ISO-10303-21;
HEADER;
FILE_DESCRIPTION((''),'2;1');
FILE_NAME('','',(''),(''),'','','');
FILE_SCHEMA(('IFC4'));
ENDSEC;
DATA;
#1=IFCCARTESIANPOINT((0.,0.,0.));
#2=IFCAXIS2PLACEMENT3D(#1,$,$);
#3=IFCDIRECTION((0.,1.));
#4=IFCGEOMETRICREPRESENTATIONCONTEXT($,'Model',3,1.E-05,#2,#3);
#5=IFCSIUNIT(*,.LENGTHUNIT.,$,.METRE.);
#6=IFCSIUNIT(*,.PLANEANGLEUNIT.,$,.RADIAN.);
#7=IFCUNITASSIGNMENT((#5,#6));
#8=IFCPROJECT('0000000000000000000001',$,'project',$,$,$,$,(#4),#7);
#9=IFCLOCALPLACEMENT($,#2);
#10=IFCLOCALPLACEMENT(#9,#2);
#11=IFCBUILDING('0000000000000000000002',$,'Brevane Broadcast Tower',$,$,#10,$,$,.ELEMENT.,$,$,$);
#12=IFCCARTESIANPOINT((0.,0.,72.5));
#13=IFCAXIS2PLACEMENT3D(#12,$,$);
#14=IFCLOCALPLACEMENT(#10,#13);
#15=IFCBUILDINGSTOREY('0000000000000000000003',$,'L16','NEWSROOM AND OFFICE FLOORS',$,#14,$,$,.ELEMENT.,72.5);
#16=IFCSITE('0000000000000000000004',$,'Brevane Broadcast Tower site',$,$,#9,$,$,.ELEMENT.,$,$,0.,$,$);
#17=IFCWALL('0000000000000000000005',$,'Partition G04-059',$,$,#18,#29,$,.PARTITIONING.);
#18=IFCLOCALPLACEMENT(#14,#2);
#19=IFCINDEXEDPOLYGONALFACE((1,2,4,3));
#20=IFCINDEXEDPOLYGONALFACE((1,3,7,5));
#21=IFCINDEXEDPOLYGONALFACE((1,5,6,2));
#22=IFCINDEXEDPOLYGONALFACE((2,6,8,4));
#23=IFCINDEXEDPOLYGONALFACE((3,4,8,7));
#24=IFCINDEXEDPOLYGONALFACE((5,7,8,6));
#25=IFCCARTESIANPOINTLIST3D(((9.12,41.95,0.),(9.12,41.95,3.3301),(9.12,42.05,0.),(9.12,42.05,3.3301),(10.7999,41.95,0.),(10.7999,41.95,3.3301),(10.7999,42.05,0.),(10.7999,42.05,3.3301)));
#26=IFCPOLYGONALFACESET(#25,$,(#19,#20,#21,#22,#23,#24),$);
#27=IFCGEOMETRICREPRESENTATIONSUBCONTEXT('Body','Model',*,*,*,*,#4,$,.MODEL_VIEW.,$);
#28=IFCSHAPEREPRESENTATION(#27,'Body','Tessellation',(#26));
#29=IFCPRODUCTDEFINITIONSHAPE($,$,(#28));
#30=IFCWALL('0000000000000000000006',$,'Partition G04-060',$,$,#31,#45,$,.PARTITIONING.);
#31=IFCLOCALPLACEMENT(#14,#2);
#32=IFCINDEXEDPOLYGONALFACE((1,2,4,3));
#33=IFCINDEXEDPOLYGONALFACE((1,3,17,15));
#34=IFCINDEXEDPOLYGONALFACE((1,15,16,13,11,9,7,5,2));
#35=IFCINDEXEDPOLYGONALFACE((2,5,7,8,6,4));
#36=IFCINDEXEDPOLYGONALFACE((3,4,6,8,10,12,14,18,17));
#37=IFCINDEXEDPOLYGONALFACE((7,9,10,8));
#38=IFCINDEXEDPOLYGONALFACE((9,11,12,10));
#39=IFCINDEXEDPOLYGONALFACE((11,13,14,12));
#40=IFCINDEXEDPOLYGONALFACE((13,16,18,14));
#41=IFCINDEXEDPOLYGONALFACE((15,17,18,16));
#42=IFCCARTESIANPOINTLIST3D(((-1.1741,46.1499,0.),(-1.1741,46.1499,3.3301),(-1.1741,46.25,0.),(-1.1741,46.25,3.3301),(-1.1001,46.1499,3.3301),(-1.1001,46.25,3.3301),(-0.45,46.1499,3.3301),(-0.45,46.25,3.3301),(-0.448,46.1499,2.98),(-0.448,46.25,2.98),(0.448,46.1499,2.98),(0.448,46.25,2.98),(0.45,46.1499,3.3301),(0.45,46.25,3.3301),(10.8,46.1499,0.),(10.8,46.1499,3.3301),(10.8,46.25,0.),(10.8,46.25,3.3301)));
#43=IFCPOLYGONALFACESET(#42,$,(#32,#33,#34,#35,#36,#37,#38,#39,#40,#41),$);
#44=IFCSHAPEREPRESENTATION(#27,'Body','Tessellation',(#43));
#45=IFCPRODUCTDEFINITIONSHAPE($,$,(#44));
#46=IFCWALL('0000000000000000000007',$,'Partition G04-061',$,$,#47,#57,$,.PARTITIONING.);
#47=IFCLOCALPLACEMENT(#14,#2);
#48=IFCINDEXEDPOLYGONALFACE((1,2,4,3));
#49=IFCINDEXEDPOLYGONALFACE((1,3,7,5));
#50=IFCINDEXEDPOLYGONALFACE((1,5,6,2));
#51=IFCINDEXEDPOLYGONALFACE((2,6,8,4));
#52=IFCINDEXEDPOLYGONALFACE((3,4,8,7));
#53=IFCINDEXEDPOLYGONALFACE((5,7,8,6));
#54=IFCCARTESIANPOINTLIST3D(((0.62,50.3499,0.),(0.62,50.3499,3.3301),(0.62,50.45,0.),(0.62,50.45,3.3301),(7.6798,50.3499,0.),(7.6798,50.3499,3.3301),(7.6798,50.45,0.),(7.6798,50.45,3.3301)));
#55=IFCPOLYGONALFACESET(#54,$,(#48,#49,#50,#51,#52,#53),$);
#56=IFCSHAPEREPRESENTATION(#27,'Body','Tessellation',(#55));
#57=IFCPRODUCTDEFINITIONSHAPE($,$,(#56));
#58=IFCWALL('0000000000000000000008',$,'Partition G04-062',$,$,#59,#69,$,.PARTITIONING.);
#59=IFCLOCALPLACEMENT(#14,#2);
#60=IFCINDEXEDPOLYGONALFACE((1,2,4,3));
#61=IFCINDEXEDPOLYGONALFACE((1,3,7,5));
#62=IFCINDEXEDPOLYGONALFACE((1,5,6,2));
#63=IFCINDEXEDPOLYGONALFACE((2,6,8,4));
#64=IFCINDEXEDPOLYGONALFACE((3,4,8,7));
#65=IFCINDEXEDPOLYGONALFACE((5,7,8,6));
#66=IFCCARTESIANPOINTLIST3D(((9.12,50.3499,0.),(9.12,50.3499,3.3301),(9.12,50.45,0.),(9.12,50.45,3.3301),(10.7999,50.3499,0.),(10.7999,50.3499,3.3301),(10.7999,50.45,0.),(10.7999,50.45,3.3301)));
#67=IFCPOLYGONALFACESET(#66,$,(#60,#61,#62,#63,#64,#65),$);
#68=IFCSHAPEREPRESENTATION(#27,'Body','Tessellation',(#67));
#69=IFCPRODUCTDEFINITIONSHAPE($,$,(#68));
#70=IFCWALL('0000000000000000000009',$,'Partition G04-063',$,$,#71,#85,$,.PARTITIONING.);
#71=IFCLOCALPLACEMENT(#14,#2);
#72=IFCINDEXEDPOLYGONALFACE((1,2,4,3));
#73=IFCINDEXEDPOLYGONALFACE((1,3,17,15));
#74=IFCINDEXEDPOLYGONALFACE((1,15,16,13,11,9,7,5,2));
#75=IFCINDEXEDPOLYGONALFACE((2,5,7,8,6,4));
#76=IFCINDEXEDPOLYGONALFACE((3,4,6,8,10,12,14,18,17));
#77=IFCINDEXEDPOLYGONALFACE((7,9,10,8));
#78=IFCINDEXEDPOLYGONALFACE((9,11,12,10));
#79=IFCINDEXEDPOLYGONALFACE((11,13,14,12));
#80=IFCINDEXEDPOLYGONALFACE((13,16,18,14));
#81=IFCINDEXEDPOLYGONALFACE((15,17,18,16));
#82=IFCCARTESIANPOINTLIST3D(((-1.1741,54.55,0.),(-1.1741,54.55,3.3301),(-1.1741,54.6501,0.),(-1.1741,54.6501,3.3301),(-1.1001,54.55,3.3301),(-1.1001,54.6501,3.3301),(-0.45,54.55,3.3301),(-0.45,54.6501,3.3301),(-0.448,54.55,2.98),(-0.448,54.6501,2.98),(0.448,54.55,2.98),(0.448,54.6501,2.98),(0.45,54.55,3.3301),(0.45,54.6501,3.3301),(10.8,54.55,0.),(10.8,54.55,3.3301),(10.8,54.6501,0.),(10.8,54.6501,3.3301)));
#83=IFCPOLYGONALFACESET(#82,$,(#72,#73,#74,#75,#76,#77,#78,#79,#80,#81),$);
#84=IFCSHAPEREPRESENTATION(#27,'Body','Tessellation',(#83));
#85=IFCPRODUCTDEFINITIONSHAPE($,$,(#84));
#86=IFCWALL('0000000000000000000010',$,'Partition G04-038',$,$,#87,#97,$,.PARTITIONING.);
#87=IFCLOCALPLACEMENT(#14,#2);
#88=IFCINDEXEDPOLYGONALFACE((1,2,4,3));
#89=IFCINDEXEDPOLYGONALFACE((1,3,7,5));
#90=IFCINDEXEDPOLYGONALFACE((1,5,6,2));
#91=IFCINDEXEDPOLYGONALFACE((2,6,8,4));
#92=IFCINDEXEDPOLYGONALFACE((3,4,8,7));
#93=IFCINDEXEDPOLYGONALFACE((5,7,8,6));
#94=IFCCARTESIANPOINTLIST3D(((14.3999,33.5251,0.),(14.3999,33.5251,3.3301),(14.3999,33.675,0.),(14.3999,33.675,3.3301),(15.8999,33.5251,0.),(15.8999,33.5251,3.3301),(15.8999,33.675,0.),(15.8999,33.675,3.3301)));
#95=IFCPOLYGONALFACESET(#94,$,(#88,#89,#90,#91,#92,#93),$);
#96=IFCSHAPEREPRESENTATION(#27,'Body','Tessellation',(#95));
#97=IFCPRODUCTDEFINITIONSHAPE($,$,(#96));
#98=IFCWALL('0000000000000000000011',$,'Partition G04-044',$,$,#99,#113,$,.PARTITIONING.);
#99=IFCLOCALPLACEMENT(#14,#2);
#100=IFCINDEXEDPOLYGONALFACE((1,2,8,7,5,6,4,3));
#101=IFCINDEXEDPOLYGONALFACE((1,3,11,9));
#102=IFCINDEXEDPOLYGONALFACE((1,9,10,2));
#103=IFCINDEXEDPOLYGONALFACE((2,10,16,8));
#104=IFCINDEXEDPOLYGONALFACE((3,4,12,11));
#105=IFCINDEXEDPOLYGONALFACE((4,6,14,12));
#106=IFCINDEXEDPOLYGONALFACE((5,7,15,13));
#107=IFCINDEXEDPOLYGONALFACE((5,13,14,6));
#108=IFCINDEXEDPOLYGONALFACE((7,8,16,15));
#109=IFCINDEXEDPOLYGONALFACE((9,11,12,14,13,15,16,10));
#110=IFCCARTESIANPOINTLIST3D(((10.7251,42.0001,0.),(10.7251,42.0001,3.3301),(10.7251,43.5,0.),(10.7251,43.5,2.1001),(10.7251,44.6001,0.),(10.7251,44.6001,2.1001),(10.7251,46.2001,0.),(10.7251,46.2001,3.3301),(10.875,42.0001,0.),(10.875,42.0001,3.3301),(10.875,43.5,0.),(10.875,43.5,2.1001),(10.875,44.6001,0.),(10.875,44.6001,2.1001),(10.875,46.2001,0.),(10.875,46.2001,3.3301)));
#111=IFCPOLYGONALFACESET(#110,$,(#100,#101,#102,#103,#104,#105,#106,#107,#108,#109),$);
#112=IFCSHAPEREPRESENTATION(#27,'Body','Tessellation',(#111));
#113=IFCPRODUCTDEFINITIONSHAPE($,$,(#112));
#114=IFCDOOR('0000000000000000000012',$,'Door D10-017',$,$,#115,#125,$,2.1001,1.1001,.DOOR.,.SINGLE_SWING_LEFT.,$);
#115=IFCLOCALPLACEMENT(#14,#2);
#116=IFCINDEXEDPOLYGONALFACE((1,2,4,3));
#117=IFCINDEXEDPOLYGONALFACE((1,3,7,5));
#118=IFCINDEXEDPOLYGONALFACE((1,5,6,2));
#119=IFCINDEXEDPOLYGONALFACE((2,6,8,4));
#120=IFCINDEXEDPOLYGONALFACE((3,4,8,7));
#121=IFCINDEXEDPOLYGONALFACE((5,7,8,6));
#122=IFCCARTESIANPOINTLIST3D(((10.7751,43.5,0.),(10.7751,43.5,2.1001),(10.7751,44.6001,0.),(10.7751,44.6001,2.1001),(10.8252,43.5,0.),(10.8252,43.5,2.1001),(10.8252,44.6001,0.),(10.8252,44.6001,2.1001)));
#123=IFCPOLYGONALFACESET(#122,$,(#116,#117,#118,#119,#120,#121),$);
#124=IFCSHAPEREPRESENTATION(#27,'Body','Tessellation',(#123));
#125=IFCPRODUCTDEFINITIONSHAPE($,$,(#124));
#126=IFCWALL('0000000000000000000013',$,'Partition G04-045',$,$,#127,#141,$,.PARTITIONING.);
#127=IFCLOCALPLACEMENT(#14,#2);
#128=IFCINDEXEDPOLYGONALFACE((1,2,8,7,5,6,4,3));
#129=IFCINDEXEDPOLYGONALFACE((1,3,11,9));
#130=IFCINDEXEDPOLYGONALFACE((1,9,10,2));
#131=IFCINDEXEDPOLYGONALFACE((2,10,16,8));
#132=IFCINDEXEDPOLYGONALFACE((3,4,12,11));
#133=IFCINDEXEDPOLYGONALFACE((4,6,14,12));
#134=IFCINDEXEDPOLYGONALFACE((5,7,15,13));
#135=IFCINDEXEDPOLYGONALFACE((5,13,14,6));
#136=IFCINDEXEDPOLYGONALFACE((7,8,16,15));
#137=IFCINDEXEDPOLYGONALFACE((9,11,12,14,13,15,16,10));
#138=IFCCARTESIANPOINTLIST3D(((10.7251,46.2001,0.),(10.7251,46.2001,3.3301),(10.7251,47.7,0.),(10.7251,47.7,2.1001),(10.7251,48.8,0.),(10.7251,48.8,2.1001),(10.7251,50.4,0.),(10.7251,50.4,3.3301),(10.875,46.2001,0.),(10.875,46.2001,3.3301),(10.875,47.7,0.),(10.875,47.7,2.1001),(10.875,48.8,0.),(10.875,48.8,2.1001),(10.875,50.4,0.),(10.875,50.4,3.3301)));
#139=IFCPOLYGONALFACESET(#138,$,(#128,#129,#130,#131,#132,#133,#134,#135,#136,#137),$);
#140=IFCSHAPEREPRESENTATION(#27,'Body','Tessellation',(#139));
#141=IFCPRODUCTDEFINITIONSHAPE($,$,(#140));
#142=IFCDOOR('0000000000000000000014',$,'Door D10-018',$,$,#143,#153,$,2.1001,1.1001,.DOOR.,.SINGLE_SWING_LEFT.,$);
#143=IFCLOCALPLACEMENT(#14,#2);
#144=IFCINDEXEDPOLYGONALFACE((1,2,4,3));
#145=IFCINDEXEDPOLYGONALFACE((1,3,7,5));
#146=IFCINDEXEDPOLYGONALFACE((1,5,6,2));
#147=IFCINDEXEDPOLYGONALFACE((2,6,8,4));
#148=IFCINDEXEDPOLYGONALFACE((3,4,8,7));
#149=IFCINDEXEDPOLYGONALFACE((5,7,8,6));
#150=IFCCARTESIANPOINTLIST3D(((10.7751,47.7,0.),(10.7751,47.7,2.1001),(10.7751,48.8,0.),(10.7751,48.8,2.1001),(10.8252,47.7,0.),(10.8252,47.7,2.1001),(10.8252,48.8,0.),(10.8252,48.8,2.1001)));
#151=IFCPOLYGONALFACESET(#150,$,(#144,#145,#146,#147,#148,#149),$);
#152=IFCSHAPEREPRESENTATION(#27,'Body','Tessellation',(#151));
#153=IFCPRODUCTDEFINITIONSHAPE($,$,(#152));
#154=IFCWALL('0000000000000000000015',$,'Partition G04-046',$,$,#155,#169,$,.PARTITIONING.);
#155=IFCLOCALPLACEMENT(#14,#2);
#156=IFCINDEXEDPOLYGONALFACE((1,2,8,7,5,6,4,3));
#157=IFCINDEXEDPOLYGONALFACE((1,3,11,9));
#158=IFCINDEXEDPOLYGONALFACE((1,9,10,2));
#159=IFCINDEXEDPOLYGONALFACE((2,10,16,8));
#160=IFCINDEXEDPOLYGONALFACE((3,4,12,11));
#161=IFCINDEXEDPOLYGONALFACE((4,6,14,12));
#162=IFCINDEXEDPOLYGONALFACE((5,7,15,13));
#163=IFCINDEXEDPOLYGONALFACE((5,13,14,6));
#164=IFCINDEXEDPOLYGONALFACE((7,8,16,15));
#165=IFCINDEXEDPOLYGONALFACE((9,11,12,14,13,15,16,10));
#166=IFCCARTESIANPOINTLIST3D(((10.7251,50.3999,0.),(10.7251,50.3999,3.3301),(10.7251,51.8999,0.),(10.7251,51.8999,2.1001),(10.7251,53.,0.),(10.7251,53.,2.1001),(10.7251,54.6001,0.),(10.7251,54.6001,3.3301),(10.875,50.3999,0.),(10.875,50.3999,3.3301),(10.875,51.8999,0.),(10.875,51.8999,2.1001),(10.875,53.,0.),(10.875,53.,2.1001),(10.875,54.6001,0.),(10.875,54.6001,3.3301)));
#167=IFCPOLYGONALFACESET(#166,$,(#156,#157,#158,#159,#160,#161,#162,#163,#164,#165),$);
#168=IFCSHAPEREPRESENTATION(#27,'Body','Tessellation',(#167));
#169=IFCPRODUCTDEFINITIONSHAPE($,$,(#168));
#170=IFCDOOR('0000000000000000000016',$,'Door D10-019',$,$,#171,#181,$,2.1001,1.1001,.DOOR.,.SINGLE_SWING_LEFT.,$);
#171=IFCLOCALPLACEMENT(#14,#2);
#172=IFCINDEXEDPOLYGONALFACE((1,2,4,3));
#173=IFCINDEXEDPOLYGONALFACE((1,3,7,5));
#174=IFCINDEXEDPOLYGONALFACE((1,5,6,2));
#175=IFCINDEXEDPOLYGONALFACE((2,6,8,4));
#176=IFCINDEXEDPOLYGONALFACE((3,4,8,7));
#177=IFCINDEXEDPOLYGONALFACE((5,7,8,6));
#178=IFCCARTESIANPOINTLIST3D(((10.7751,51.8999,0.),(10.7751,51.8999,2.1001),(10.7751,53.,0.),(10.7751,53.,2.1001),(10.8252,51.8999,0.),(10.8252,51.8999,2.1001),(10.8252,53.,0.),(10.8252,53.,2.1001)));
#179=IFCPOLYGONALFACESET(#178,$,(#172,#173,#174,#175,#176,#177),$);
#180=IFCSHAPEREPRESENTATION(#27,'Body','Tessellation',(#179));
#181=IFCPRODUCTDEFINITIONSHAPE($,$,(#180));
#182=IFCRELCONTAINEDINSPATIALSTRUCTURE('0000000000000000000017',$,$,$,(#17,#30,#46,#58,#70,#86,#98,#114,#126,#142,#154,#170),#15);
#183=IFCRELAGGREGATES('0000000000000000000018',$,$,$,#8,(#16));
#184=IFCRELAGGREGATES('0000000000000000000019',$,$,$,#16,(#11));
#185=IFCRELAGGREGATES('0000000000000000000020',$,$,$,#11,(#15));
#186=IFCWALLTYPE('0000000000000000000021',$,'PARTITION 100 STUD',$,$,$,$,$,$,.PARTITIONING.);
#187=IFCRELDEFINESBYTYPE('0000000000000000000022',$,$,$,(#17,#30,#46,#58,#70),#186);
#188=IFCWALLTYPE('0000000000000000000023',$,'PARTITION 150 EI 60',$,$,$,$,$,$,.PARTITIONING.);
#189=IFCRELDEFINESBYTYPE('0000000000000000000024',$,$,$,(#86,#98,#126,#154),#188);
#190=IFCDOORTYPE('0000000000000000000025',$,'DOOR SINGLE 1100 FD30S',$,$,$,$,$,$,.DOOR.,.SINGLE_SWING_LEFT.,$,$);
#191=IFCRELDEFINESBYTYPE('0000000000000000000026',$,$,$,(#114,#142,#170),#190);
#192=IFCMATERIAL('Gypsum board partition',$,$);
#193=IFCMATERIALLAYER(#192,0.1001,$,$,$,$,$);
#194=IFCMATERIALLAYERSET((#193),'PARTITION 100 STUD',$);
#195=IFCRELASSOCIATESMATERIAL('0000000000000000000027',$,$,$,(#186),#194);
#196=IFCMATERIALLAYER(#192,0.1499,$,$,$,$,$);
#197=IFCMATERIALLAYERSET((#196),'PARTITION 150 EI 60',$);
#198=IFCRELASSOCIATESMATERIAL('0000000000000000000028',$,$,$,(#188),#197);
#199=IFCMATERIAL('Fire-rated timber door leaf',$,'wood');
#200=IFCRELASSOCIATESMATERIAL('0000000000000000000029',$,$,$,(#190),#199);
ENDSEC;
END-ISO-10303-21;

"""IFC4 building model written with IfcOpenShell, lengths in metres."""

from ifc_helpers import new_model, si_unit, direction, frame, frame_2d, origin, place, context, subcontext, project, spatial, polyline, rectangle, outline, extrude, material, layer, layer_set, type_object, element, fill, save


model = new_model("IFC4")

# Units and contexts
model_context = context("Model", 3, precision=1e-05, world=origin(), true_north=direction((0.0, 1.0)))
body_context = subcontext(model_context, "Body", "Model", "MODEL_VIEW")
ifc_project = project(units=[si_unit("LENGTHUNIT", "METRE"), si_unit("PLANEANGLEUNIT", "RADIAN")], contexts=[model_context])

# Site, building, storey
site_placement = place(None, origin())
site = spatial("IfcSite", under=ifc_project, at=site_placement, Name="Brevane Broadcast Tower site", CompositionType="ELEMENT", RefElevation=0.0)
building_placement = place(site_placement, origin())
building = spatial("IfcBuilding", under=site, at=building_placement, Name="Brevane Broadcast Tower", CompositionType="ELEMENT")
storey_placement = place(building_placement, frame((0.0, 0.0, 72.5)))
storey = spatial("IfcBuildingStorey", under=building, at=storey_placement, Name="L16", Description="NEWSROOM AND OFFICE FLOORS", CompositionType="ELEMENT", Elevation=72.5)

# Walls
ifc_material_1 = material(Name="Gypsum board partition")
ifc_layer_1 = layer(ifc_material_1, 0.1001)
ifc_layer_set_1 = layer_set([ifc_layer_1], Name="PARTITION 100 STUD")
wall_type_1 = type_object("IfcWallType", Name="PARTITION 100 STUD", PredefinedType="PARTITIONING", material=ifc_layer_set_1)
wall_1_placement = place(storey_placement, frame((9.1201, 42.0, 0.0), z_axis=(0.0, 0.0, 1.0), x_axis=(1.0, 0.0, 0.0)))
element("IfcWall", 1, at=wall_1_placement, inside=storey, type_object=wall_type_1, Name="Partition G04-059", PredefinedType="PARTITIONING", context=body_context, shape_type="SweptSolid", body=[
    extrude(rectangle(XDim=1.6799, YDim=0.1001, at=frame_2d((0.8398, 0.0))), origin(), (0.0, 0.0, 1.0), 3.3301),
])
wall_2_placement = place(storey_placement, frame((-1.1741, 46.2, 0.0), z_axis=(0.0, 0.0, 1.0), x_axis=(1.0, 0.0, 0.0)))
element("IfcWall", 2, at=wall_2_placement, inside=storey, type_object=wall_type_1, Name="Partition G04-060", PredefinedType="PARTITIONING", context=body_context, shape_type="SweptSolid", body=[
    extrude(outline(polyline([(0.0, 0.0), (11.9741, 0.0), (11.9741, 3.3301), (1.624, 3.3301), (1.6221, 2.98), (0.7261, 2.98), (0.7241, 3.3301), (0.074, 3.3301), (0.0, 3.3301), (0.0, 0.0)])), frame((0.0, 0.05, 0.0), z_axis=(0.0, -1.0, 0.0), x_axis=(1.0, 0.0, 0.0)), (0.0, 0.0, 1.0), 0.1001),
])
wall_3_placement = place(storey_placement, frame((0.6201, 50.3999, 0.0), z_axis=(0.0, 0.0, 1.0), x_axis=(1.0, 0.0, 0.0)))
element("IfcWall", 3, at=wall_3_placement, inside=storey, type_object=wall_type_1, Name="Partition G04-061", PredefinedType="PARTITIONING", context=body_context, shape_type="SweptSolid", body=[
    extrude(rectangle(XDim=7.0598, YDim=0.1001, at=frame_2d((3.5298, 0.0))), origin(), (0.0, 0.0, 1.0), 3.3301),
])
wall_4_placement = place(storey_placement, frame((9.1201, 50.3999, 0.0), z_axis=(0.0, 0.0, 1.0), x_axis=(1.0, 0.0, 0.0)))
element("IfcWall", 4, at=wall_4_placement, inside=storey, type_object=wall_type_1, Name="Partition G04-062", PredefinedType="PARTITIONING", context=body_context, shape_type="SweptSolid", body=[
    extrude(rectangle(XDim=1.6799, YDim=0.1001, at=frame_2d((0.8398, 0.0))), origin(), (0.0, 0.0, 1.0), 3.3301),
])
wall_5_placement = place(storey_placement, frame((-1.1741, 54.6001, 0.0), z_axis=(0.0, 0.0, 1.0), x_axis=(1.0, 0.0, 0.0)))
element("IfcWall", 5, at=wall_5_placement, inside=storey, type_object=wall_type_1, Name="Partition G04-063", PredefinedType="PARTITIONING", context=body_context, shape_type="SweptSolid", body=[
    extrude(outline(polyline([(0.0, 0.0), (11.9741, 0.0), (11.9741, 3.3301), (1.624, 3.3301), (1.6221, 2.98), (0.7261, 2.98), (0.7241, 3.3301), (0.074, 3.3301), (0.0, 3.3301), (0.0, 0.0)])), frame((0.0, 0.05, 0.0), z_axis=(0.0, -1.0, 0.0), x_axis=(1.0, 0.0, 0.0)), (0.0, 0.0, 1.0), 0.1001),
])
ifc_layer_2 = layer(ifc_material_1, 0.1499)
ifc_layer_set_2 = layer_set([ifc_layer_2], Name="PARTITION 150 EI 60")
wall_type_2 = type_object("IfcWallType", Name="PARTITION 150 EI 60", PredefinedType="PARTITIONING", material=ifc_layer_set_2)
wall_6_placement = place(storey_placement, frame((14.3999, 33.6001, 0.0), z_axis=(0.0, 0.0, 1.0), x_axis=(1.0, 0.0, 0.0)))
element("IfcWall", 6, at=wall_6_placement, inside=storey, type_object=wall_type_2, Name="Partition G04-038", PredefinedType="PARTITIONING", context=body_context, shape_type="SweptSolid", body=[
    extrude(rectangle(XDim=1.5, YDim=0.1499, at=frame_2d((0.75, 0.0))), origin(), (0.0, 0.0, 1.0), 3.3301),
])

# Walls, openings, doors
wall_7_placement = place(storey_placement, frame((10.8, 42.0, 0.0), z_axis=(0.0, 0.0, 1.0), x_axis=(0.0, 1.0, 0.0)))
wall_7 = element("IfcWall", 7, at=wall_7_placement, inside=storey, type_object=wall_type_2, Name="Partition G04-044", PredefinedType="PARTITIONING", context=body_context, shape_type="SweptSolid", body=[
    extrude(rectangle(XDim=4.2, YDim=0.1499, at=frame_2d((2.1001, 0.0))), origin(), (0.0, 0.0, 1.0), 3.3301),
])
opening_1_placement = place(wall_7_placement, frame((1.5, 0.0, 0.0)))
opening_1 = element("IfcOpeningElement", 8, at=opening_1_placement, cuts=wall_7, PredefinedType="OPENING", context=body_context, shape_type="SweptSolid", body=[
    extrude(rectangle(XDim=1.1001, YDim=2.1001, at=frame_2d((0.55, 1.05))), frame((0.0, 0.085, 0.0), z_axis=(0.0, -1.0, 0.0), x_axis=(1.0, 0.0, 0.0)), (0.0, 0.0, 1.0), 0.1699),
])
ifc_material_2 = material(Name="Fire-rated timber door leaf", Category="wood")
door_type_1 = type_object("IfcDoorType", Name="DOOR SINGLE 1100 FD30S", OperationType="SINGLE_SWING_LEFT", PredefinedType="DOOR", material=ifc_material_2)
door_1_placement = place(opening_1_placement, origin())
door_1 = element("IfcDoor", 9, at=door_1_placement, inside=storey, type_object=door_type_1, Name="Door D10-017", OperationType="SINGLE_SWING_LEFT", OverallHeight=2.1001, OverallWidth=1.1001, PredefinedType="DOOR", context=body_context, shape_type="SweptSolid", body=[
    extrude(rectangle(XDim=1.1001, YDim=2.1001, at=frame_2d((0.55, 1.05))), frame((0.0, 0.0249, 0.0), z_axis=(0.0, -1.0, 0.0), x_axis=(1.0, 0.0, 0.0)), (0.0, 0.0, 1.0), 0.05),
])
fill(opening_1, door_1)
wall_8_placement = place(storey_placement, frame((10.8, 46.2, 0.0), z_axis=(0.0, 0.0, 1.0), x_axis=(0.0, 1.0, 0.0)))
wall_8 = element("IfcWall", 10, at=wall_8_placement, inside=storey, type_object=wall_type_2, Name="Partition G04-045", PredefinedType="PARTITIONING", context=body_context, shape_type="SweptSolid", body=[
    extrude(rectangle(XDim=4.2, YDim=0.1499, at=frame_2d((2.1001, 0.0))), origin(), (0.0, 0.0, 1.0), 3.3301),
])
opening_2_placement = place(wall_8_placement, frame((1.5, 0.0, 0.0)))
opening_2 = element("IfcOpeningElement", 11, at=opening_2_placement, cuts=wall_8, PredefinedType="OPENING", context=body_context, shape_type="SweptSolid", body=[
    extrude(rectangle(XDim=1.1001, YDim=2.1001, at=frame_2d((0.55, 1.05))), frame((0.0, 0.085, 0.0), z_axis=(0.0, -1.0, 0.0), x_axis=(1.0, 0.0, 0.0)), (0.0, 0.0, 1.0), 0.1699),
])
door_2_placement = place(opening_2_placement, origin())
door_2 = element("IfcDoor", 12, at=door_2_placement, inside=storey, type_object=door_type_1, Name="Door D10-018", OperationType="SINGLE_SWING_LEFT", OverallHeight=2.1001, OverallWidth=1.1001, PredefinedType="DOOR", context=body_context, shape_type="SweptSolid", body=[
    extrude(rectangle(XDim=1.1001, YDim=2.1001, at=frame_2d((0.55, 1.05))), frame((0.0, 0.0249, 0.0), z_axis=(0.0, -1.0, 0.0), x_axis=(1.0, 0.0, 0.0)), (0.0, 0.0, 1.0), 0.05),
])
fill(opening_2, door_2)
wall_9_placement = place(storey_placement, frame((10.8, 50.3999, 0.0), z_axis=(0.0, 0.0, 1.0), x_axis=(0.0, 1.0, 0.0)))
wall_9 = element("IfcWall", 13, at=wall_9_placement, inside=storey, type_object=wall_type_2, Name="Partition G04-046", PredefinedType="PARTITIONING", context=body_context, shape_type="SweptSolid", body=[
    extrude(rectangle(XDim=4.2002, YDim=0.1499, at=frame_2d((2.1001, 0.0))), origin(), (0.0, 0.0, 1.0), 3.3301),
])
opening_3_placement = place(wall_9_placement, frame((1.5, 0.0, 0.0)))
opening_3 = element("IfcOpeningElement", 14, at=opening_3_placement, cuts=wall_9, PredefinedType="OPENING", context=body_context, shape_type="SweptSolid", body=[
    extrude(rectangle(XDim=1.1001, YDim=2.1001, at=frame_2d((0.55, 1.05))), frame((0.0, 0.085, 0.0), z_axis=(0.0, -1.0, 0.0), x_axis=(1.0, 0.0, 0.0)), (0.0, 0.0, 1.0), 0.1699),
])
door_3_placement = place(opening_3_placement, origin())
door_3 = element("IfcDoor", 15, at=door_3_placement, inside=storey, type_object=door_type_1, Name="Door D10-019", OperationType="SINGLE_SWING_LEFT", OverallHeight=2.1001, OverallWidth=1.1001, PredefinedType="DOOR", context=body_context, shape_type="SweptSolid", body=[
    extrude(rectangle(XDim=1.1001, YDim=2.1001, at=frame_2d((0.55, 1.05))), frame((0.0, 0.0249, 0.0), z_axis=(0.0, -1.0, 0.0), x_axis=(1.0, 0.0, 0.0)), (0.0, 0.0, 1.0), 0.05),
])
fill(opening_3, door_3)

save(model, "model.ifc")
